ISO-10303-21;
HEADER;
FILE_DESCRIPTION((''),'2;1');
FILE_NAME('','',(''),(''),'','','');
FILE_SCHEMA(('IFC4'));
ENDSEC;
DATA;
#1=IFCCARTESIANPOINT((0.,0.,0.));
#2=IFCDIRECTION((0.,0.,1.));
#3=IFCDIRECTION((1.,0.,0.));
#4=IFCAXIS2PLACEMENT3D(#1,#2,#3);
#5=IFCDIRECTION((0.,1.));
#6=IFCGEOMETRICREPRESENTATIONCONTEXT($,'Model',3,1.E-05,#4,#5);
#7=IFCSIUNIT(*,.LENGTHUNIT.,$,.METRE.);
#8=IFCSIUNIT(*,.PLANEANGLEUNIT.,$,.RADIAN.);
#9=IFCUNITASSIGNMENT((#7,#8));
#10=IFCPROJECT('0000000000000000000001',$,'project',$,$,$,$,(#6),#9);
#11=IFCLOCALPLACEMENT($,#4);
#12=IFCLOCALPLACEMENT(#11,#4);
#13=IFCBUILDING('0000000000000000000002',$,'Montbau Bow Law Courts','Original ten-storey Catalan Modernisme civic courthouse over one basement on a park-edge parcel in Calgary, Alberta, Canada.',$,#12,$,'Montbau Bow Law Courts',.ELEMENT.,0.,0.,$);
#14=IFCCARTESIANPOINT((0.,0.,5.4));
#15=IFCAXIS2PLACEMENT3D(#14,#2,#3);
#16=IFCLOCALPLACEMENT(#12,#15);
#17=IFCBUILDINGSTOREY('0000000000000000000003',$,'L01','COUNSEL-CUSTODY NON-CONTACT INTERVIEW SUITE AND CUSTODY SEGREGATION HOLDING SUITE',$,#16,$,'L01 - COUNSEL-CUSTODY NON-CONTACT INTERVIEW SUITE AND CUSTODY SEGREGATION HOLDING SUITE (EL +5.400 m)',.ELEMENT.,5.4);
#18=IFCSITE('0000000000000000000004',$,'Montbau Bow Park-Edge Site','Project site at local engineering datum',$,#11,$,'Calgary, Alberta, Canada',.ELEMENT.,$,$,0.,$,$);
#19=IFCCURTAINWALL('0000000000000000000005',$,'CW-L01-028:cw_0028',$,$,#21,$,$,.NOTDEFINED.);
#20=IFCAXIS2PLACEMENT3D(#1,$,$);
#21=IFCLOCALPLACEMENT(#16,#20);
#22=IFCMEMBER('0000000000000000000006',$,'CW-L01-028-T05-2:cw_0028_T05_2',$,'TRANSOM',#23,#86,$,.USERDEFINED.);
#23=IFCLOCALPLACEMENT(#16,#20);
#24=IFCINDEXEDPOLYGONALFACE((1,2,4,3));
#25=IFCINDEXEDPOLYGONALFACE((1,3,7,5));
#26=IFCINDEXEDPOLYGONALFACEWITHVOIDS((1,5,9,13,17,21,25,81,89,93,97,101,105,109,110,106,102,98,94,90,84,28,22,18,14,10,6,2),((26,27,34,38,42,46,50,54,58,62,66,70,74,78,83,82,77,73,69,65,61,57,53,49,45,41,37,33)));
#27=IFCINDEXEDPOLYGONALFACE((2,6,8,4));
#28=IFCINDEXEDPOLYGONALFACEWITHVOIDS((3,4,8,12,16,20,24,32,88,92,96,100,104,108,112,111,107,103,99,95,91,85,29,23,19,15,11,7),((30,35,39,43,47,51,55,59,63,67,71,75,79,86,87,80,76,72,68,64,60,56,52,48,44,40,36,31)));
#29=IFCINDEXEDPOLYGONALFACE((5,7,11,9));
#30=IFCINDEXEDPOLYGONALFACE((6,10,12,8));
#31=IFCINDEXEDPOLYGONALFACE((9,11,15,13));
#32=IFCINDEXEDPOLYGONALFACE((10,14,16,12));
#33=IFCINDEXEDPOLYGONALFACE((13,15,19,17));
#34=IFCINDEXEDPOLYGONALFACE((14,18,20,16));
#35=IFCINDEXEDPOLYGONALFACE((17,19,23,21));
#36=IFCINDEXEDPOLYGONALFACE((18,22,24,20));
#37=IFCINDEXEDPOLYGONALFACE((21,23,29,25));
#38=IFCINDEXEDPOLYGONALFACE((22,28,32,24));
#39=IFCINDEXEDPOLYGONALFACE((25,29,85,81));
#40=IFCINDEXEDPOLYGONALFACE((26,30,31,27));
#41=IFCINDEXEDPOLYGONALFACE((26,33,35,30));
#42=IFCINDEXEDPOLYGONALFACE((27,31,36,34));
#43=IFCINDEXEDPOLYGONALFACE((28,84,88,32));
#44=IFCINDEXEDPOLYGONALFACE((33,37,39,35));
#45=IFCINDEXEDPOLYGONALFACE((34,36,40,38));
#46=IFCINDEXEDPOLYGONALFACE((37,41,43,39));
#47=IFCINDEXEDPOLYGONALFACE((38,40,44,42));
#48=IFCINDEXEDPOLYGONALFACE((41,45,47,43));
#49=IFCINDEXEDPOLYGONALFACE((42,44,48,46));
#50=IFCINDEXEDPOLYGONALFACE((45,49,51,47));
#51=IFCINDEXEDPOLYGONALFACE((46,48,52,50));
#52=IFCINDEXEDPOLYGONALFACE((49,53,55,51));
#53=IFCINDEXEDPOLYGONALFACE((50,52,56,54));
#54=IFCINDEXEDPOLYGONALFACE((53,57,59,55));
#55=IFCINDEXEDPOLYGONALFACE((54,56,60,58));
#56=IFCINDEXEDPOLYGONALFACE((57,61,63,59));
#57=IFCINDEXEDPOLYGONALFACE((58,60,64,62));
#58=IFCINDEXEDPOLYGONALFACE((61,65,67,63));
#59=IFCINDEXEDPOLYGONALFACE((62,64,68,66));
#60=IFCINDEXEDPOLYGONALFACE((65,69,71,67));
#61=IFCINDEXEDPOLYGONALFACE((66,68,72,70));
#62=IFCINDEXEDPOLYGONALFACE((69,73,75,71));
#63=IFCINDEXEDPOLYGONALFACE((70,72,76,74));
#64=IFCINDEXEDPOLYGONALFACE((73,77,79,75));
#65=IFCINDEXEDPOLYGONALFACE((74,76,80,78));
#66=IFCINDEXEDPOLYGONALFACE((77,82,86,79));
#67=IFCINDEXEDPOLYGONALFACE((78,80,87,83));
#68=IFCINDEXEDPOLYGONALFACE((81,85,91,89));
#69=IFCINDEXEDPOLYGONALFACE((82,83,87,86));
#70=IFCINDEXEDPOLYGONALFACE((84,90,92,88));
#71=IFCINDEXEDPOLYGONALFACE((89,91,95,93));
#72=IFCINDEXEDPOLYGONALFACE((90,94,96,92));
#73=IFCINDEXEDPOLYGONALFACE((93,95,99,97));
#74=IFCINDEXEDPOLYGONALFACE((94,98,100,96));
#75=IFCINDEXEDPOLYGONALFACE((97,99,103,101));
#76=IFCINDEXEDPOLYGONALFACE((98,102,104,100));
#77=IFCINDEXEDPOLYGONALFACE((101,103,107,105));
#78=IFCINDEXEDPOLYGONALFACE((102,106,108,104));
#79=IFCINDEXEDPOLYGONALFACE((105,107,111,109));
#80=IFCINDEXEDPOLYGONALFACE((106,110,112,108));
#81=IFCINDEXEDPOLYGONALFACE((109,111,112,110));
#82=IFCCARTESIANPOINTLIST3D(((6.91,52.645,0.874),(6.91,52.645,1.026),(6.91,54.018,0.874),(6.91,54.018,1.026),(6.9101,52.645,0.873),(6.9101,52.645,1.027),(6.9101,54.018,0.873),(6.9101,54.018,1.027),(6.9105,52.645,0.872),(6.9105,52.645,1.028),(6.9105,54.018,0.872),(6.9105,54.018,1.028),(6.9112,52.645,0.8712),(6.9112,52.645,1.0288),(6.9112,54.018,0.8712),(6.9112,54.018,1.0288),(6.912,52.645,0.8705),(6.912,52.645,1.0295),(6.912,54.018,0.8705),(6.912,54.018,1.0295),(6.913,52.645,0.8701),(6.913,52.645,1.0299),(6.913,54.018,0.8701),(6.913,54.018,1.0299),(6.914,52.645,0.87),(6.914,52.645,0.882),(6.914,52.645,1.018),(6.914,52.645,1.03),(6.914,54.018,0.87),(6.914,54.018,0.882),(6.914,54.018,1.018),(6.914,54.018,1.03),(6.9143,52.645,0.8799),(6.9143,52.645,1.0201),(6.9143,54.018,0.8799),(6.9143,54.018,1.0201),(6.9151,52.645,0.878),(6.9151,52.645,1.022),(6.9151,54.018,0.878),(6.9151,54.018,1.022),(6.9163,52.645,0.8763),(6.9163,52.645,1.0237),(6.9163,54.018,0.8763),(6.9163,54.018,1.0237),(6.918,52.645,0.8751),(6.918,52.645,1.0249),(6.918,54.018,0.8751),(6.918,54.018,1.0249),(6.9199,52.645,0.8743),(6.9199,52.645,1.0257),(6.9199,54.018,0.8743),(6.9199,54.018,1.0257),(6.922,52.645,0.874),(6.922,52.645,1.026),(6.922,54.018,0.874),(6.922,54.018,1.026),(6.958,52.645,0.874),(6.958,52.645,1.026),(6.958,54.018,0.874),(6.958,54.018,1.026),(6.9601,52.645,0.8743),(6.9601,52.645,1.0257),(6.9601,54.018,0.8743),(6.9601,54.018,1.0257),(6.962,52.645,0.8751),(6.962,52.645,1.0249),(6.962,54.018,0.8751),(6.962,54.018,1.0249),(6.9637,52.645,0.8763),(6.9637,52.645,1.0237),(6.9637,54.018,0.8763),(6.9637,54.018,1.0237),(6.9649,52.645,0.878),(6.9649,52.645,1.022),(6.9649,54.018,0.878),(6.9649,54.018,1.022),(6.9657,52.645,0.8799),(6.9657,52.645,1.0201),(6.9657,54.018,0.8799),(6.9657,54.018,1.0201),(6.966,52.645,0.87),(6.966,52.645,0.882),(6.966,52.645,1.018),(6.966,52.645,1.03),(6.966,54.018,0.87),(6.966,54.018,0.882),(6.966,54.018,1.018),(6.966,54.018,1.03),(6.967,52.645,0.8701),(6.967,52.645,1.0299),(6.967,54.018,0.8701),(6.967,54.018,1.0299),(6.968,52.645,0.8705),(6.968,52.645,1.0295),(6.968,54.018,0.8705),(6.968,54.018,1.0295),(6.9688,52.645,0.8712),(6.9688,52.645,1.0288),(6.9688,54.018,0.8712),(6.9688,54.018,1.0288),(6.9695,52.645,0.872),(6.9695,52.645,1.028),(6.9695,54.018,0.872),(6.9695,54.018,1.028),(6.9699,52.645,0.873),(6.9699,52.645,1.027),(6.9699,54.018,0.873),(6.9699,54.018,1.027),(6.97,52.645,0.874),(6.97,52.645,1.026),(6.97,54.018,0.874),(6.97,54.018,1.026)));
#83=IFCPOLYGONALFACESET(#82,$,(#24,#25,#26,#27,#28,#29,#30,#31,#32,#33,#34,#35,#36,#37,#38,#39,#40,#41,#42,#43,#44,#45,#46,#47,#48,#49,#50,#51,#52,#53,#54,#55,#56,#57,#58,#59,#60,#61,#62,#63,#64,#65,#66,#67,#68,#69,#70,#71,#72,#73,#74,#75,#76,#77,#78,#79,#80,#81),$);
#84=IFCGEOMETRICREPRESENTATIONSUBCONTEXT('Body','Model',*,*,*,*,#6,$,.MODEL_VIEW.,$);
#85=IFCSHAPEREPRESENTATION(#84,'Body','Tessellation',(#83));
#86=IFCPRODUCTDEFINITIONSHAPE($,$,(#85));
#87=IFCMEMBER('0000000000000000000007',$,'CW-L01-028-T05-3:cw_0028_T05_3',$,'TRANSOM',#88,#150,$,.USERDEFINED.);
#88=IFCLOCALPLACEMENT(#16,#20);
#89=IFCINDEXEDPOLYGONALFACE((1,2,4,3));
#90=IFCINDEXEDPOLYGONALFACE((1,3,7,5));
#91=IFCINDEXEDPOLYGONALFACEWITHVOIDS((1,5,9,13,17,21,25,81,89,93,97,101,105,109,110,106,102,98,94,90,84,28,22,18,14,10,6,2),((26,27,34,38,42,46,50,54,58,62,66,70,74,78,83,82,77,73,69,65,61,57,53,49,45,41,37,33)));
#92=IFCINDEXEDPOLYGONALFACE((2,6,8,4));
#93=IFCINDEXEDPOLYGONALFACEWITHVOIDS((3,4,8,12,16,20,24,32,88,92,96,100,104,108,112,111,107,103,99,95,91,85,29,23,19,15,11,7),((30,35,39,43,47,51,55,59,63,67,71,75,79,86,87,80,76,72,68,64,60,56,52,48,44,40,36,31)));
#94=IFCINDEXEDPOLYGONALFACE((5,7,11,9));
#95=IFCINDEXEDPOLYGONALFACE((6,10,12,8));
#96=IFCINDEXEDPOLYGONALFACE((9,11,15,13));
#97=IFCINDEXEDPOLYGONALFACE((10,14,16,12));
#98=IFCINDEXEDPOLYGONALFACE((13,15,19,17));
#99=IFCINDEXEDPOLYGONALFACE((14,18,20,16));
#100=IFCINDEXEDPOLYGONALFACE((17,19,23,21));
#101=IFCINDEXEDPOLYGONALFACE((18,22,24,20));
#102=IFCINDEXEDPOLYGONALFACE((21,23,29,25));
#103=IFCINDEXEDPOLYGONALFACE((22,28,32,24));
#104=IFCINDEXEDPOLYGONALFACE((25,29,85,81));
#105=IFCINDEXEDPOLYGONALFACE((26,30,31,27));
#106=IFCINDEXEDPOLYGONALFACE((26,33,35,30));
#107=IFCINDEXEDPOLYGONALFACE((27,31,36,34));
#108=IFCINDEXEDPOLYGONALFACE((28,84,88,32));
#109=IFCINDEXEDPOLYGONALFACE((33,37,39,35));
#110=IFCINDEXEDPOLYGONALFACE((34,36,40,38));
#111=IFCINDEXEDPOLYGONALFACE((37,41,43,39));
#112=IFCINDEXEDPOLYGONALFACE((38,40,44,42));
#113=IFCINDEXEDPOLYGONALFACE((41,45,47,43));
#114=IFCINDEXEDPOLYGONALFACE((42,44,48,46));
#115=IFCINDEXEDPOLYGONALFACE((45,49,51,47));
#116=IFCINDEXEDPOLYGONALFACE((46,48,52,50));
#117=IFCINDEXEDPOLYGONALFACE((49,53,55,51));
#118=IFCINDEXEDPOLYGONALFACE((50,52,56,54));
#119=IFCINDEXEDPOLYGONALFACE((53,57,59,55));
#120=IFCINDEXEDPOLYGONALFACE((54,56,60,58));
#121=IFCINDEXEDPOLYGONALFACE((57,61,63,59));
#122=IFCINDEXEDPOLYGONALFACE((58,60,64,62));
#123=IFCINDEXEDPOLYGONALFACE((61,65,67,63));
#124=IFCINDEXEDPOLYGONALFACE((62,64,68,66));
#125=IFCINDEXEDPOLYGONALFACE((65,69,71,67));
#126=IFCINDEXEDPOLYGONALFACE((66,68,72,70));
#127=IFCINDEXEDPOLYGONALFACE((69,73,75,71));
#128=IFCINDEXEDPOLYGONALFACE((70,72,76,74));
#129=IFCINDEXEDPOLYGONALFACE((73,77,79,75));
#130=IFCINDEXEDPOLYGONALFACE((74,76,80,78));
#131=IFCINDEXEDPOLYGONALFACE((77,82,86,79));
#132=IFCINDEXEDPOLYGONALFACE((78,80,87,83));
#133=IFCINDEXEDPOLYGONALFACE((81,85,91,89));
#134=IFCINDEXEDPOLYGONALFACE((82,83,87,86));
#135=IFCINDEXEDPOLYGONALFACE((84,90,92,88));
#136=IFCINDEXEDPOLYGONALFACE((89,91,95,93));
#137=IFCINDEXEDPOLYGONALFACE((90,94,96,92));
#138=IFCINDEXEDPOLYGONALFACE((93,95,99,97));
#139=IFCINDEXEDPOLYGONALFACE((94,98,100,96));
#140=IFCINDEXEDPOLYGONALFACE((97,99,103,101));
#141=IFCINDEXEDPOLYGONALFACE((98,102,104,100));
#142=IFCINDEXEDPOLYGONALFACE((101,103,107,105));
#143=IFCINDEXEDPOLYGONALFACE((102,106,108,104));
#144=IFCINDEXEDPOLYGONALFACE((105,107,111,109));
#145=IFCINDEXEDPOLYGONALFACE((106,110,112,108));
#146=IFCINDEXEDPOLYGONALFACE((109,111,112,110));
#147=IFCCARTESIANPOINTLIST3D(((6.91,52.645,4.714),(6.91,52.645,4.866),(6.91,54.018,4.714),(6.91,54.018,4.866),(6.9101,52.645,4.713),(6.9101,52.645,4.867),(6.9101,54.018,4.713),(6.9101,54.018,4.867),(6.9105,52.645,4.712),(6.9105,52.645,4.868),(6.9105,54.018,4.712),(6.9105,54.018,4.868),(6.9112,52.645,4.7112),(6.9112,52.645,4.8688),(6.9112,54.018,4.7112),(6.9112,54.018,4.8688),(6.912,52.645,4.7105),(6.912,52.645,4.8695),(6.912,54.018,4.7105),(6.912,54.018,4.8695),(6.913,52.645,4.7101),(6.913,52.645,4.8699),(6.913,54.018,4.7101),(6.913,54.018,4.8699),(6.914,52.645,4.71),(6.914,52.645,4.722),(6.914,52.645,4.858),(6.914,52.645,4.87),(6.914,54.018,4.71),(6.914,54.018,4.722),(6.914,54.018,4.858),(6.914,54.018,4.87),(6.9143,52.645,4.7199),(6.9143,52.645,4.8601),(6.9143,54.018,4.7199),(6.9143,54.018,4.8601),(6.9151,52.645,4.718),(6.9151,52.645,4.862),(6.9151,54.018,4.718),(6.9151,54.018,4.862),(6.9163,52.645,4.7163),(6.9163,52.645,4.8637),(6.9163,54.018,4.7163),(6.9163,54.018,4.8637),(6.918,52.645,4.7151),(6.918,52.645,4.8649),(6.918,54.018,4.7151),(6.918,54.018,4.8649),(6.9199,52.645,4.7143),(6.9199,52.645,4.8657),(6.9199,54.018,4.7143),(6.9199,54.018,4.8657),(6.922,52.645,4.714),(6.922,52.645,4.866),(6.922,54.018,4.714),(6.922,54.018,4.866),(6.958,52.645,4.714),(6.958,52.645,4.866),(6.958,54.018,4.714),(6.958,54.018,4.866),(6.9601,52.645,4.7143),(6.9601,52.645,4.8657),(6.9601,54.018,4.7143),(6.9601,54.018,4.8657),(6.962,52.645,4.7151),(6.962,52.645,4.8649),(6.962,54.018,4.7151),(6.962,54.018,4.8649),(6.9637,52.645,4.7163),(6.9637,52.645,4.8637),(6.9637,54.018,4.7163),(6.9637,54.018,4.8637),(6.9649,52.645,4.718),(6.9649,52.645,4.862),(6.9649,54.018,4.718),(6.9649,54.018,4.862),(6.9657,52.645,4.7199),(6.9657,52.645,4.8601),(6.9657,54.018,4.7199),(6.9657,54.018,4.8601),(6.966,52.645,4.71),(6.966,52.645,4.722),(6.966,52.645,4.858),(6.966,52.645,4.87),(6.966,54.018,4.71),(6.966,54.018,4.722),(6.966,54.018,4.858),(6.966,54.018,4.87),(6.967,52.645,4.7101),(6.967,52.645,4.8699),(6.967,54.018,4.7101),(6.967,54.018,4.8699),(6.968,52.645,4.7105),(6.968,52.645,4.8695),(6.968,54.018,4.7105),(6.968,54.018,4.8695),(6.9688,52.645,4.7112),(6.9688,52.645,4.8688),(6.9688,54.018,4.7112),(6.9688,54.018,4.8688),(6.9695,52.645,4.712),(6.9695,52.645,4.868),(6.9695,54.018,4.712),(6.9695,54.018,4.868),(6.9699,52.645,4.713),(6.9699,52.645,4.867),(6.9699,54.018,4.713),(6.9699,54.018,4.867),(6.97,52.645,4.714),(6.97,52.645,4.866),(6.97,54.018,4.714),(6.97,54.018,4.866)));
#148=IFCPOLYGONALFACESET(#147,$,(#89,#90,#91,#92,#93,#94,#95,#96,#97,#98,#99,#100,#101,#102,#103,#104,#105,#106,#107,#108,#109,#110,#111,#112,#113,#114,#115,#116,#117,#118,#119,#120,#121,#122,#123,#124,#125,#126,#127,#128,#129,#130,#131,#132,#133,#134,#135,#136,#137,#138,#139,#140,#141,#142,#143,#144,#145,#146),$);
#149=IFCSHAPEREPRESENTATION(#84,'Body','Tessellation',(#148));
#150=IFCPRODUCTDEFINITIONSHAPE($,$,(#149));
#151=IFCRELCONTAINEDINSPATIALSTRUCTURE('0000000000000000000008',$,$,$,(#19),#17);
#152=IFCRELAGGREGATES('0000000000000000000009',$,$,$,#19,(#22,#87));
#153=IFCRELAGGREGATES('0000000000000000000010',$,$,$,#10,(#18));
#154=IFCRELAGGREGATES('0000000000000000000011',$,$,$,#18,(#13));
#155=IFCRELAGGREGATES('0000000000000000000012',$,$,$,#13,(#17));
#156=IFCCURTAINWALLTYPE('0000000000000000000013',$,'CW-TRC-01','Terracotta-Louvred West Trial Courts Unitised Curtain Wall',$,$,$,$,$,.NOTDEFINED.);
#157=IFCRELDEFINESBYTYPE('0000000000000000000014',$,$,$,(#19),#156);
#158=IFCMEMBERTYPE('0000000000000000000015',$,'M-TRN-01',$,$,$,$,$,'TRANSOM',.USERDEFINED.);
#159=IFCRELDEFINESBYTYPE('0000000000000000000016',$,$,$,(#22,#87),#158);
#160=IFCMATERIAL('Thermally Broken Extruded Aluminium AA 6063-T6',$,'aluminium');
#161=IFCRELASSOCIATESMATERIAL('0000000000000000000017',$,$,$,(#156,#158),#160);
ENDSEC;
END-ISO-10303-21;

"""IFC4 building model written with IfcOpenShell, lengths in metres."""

from ifc_helpers import new_model, si_unit, direction, frame, origin_with_axes, origin_2d_with_axis, place, context, subcontext, project, spatial, hollow_rectangle, extrude, material, material_profile, profile_set, type_object, element, aggregate, save


model = new_model("IFC4")

# Units and contexts
model_context = context("Model", 3, precision=1e-05, world=origin_with_axes(), true_north=direction((0.0, 1.0)))
body_context = subcontext(model_context, "Body", "Model", "MODEL_VIEW")
ifc_project = project(units=[si_unit("LENGTHUNIT", "METRE"), si_unit("PLANEANGLEUNIT", "RADIAN")], contexts=[model_context])

# Site, building, storey
site_placement = place(None, origin_with_axes())
site = spatial("IfcSite", under=ifc_project, at=site_placement, Name="Montbau Bow Park-Edge Site", Description="Project site at local engineering datum", LongName="Calgary, Alberta, Canada", CompositionType="ELEMENT", RefElevation=0.0)
building_placement = place(site_placement, origin_with_axes())
building = spatial("IfcBuilding", under=site, at=building_placement, Name="Montbau Bow Law Courts", Description="Original ten-storey Catalan Modernisme civic courthouse over one basement on a park-edge parcel in Calgary, Alberta, Canada.", LongName="Montbau Bow Law Courts", CompositionType="ELEMENT", ElevationOfRefHeight=0.0, ElevationOfTerrain=0.0)
storey_placement = place(building_placement, frame((0.0, 0.0, 5.4), z_axis=(0.0, 0.0, 1.0), x_axis=(1.0, 0.0, 0.0)))
storey = spatial("IfcBuildingStorey", under=building, at=storey_placement, Name="L01", Description="COUNSEL-CUSTODY NON-CONTACT INTERVIEW SUITE AND CUSTODY SEGREGATION HOLDING SUITE", LongName="L01 - COUNSEL-CUSTODY NON-CONTACT INTERVIEW SUITE AND CUSTODY SEGREGATION HOLDING SUITE (EL +5.400 m)", CompositionType="ELEMENT", Elevation=5.4)

# Curtain wall, members
ifc_material_1 = material(Name="Thermally Broken Extruded Aluminium AA 6063-T6", Category="aluminium")
curtain_wall_type = type_object("IfcCurtainWallType", Name="CW-TRC-01", Description="Terracotta-Louvred West Trial Courts Unitised Curtain Wall", PredefinedType="NOTDEFINED", material=ifc_material_1)
curtain_wall_1_placement = place(None, frame((6.94, 46.715, 5.4), z_axis=(0.0, 0.0, 1.0), x_axis=(1.0, 0.0, 0.0)))
curtain_wall_1 = element("IfcCurtainWall", 1, at=curtain_wall_1_placement, inside=storey, type_object=curtain_wall_type, Name="CW-L01-028:cw_0028", PredefinedType="NOTDEFINED")
ifc_material_profile_1 = material_profile(ifc_material_1, hollow_rectangle(XDim=0.06, YDim=0.16, WallThickness=0.004, InnerFilletRadius=0.008, OuterFilletRadius=0.004, at=origin_2d_with_axis()), Name="CWT-160X60", Category="Main", Priority=0)
ifc_profile_set_1 = profile_set([ifc_material_profile_1], Name="Thermally Broken Extruded Aluminium AA 6063-T6")
member_type_1 = type_object("IfcMemberType", Name="M-TRN-01", ElementType="TRANSOM", PredefinedType="USERDEFINED", material=ifc_profile_set_1)
member_1_placement = place(None, frame((6.94, 52.645, 6.35), z_axis=(0.0, 1.0, 0.0), x_axis=(-1.0, 0.0, 0.0)))
member_1 = element("IfcMember", 2, at=member_1_placement, type_object=member_type_1, Name="CW-L01-028-T05-2:cw_0028_T05_2", ObjectType="TRANSOM", PredefinedType="USERDEFINED", context=body_context, shape_type="SweptSolid", body=[
    extrude(hollow_rectangle(XDim=0.06, YDim=0.16, WallThickness=0.004, InnerFilletRadius=0.008, OuterFilletRadius=0.004, at=origin_2d_with_axis()), origin_with_axes(), (0.0, 0.0, 1.0), 1.373),
])
member_2_placement = place(None, frame((6.94, 52.645, 10.19), z_axis=(0.0, 1.0, 0.0), x_axis=(-1.0, 0.0, 0.0)))
member_2 = element("IfcMember", 3, at=member_2_placement, type_object=member_type_1, Name="CW-L01-028-T05-3:cw_0028_T05_3", ObjectType="TRANSOM", PredefinedType="USERDEFINED", context=body_context, shape_type="SweptSolid", body=[
    extrude(hollow_rectangle(XDim=0.06, YDim=0.16, WallThickness=0.004, InnerFilletRadius=0.008, OuterFilletRadius=0.004, at=origin_2d_with_axis()), origin_with_axes(), (0.0, 0.0, 1.0), 1.373),
])

aggregate(curtain_wall_1, [member_1, member_2])

save(model, "model.ifc")
